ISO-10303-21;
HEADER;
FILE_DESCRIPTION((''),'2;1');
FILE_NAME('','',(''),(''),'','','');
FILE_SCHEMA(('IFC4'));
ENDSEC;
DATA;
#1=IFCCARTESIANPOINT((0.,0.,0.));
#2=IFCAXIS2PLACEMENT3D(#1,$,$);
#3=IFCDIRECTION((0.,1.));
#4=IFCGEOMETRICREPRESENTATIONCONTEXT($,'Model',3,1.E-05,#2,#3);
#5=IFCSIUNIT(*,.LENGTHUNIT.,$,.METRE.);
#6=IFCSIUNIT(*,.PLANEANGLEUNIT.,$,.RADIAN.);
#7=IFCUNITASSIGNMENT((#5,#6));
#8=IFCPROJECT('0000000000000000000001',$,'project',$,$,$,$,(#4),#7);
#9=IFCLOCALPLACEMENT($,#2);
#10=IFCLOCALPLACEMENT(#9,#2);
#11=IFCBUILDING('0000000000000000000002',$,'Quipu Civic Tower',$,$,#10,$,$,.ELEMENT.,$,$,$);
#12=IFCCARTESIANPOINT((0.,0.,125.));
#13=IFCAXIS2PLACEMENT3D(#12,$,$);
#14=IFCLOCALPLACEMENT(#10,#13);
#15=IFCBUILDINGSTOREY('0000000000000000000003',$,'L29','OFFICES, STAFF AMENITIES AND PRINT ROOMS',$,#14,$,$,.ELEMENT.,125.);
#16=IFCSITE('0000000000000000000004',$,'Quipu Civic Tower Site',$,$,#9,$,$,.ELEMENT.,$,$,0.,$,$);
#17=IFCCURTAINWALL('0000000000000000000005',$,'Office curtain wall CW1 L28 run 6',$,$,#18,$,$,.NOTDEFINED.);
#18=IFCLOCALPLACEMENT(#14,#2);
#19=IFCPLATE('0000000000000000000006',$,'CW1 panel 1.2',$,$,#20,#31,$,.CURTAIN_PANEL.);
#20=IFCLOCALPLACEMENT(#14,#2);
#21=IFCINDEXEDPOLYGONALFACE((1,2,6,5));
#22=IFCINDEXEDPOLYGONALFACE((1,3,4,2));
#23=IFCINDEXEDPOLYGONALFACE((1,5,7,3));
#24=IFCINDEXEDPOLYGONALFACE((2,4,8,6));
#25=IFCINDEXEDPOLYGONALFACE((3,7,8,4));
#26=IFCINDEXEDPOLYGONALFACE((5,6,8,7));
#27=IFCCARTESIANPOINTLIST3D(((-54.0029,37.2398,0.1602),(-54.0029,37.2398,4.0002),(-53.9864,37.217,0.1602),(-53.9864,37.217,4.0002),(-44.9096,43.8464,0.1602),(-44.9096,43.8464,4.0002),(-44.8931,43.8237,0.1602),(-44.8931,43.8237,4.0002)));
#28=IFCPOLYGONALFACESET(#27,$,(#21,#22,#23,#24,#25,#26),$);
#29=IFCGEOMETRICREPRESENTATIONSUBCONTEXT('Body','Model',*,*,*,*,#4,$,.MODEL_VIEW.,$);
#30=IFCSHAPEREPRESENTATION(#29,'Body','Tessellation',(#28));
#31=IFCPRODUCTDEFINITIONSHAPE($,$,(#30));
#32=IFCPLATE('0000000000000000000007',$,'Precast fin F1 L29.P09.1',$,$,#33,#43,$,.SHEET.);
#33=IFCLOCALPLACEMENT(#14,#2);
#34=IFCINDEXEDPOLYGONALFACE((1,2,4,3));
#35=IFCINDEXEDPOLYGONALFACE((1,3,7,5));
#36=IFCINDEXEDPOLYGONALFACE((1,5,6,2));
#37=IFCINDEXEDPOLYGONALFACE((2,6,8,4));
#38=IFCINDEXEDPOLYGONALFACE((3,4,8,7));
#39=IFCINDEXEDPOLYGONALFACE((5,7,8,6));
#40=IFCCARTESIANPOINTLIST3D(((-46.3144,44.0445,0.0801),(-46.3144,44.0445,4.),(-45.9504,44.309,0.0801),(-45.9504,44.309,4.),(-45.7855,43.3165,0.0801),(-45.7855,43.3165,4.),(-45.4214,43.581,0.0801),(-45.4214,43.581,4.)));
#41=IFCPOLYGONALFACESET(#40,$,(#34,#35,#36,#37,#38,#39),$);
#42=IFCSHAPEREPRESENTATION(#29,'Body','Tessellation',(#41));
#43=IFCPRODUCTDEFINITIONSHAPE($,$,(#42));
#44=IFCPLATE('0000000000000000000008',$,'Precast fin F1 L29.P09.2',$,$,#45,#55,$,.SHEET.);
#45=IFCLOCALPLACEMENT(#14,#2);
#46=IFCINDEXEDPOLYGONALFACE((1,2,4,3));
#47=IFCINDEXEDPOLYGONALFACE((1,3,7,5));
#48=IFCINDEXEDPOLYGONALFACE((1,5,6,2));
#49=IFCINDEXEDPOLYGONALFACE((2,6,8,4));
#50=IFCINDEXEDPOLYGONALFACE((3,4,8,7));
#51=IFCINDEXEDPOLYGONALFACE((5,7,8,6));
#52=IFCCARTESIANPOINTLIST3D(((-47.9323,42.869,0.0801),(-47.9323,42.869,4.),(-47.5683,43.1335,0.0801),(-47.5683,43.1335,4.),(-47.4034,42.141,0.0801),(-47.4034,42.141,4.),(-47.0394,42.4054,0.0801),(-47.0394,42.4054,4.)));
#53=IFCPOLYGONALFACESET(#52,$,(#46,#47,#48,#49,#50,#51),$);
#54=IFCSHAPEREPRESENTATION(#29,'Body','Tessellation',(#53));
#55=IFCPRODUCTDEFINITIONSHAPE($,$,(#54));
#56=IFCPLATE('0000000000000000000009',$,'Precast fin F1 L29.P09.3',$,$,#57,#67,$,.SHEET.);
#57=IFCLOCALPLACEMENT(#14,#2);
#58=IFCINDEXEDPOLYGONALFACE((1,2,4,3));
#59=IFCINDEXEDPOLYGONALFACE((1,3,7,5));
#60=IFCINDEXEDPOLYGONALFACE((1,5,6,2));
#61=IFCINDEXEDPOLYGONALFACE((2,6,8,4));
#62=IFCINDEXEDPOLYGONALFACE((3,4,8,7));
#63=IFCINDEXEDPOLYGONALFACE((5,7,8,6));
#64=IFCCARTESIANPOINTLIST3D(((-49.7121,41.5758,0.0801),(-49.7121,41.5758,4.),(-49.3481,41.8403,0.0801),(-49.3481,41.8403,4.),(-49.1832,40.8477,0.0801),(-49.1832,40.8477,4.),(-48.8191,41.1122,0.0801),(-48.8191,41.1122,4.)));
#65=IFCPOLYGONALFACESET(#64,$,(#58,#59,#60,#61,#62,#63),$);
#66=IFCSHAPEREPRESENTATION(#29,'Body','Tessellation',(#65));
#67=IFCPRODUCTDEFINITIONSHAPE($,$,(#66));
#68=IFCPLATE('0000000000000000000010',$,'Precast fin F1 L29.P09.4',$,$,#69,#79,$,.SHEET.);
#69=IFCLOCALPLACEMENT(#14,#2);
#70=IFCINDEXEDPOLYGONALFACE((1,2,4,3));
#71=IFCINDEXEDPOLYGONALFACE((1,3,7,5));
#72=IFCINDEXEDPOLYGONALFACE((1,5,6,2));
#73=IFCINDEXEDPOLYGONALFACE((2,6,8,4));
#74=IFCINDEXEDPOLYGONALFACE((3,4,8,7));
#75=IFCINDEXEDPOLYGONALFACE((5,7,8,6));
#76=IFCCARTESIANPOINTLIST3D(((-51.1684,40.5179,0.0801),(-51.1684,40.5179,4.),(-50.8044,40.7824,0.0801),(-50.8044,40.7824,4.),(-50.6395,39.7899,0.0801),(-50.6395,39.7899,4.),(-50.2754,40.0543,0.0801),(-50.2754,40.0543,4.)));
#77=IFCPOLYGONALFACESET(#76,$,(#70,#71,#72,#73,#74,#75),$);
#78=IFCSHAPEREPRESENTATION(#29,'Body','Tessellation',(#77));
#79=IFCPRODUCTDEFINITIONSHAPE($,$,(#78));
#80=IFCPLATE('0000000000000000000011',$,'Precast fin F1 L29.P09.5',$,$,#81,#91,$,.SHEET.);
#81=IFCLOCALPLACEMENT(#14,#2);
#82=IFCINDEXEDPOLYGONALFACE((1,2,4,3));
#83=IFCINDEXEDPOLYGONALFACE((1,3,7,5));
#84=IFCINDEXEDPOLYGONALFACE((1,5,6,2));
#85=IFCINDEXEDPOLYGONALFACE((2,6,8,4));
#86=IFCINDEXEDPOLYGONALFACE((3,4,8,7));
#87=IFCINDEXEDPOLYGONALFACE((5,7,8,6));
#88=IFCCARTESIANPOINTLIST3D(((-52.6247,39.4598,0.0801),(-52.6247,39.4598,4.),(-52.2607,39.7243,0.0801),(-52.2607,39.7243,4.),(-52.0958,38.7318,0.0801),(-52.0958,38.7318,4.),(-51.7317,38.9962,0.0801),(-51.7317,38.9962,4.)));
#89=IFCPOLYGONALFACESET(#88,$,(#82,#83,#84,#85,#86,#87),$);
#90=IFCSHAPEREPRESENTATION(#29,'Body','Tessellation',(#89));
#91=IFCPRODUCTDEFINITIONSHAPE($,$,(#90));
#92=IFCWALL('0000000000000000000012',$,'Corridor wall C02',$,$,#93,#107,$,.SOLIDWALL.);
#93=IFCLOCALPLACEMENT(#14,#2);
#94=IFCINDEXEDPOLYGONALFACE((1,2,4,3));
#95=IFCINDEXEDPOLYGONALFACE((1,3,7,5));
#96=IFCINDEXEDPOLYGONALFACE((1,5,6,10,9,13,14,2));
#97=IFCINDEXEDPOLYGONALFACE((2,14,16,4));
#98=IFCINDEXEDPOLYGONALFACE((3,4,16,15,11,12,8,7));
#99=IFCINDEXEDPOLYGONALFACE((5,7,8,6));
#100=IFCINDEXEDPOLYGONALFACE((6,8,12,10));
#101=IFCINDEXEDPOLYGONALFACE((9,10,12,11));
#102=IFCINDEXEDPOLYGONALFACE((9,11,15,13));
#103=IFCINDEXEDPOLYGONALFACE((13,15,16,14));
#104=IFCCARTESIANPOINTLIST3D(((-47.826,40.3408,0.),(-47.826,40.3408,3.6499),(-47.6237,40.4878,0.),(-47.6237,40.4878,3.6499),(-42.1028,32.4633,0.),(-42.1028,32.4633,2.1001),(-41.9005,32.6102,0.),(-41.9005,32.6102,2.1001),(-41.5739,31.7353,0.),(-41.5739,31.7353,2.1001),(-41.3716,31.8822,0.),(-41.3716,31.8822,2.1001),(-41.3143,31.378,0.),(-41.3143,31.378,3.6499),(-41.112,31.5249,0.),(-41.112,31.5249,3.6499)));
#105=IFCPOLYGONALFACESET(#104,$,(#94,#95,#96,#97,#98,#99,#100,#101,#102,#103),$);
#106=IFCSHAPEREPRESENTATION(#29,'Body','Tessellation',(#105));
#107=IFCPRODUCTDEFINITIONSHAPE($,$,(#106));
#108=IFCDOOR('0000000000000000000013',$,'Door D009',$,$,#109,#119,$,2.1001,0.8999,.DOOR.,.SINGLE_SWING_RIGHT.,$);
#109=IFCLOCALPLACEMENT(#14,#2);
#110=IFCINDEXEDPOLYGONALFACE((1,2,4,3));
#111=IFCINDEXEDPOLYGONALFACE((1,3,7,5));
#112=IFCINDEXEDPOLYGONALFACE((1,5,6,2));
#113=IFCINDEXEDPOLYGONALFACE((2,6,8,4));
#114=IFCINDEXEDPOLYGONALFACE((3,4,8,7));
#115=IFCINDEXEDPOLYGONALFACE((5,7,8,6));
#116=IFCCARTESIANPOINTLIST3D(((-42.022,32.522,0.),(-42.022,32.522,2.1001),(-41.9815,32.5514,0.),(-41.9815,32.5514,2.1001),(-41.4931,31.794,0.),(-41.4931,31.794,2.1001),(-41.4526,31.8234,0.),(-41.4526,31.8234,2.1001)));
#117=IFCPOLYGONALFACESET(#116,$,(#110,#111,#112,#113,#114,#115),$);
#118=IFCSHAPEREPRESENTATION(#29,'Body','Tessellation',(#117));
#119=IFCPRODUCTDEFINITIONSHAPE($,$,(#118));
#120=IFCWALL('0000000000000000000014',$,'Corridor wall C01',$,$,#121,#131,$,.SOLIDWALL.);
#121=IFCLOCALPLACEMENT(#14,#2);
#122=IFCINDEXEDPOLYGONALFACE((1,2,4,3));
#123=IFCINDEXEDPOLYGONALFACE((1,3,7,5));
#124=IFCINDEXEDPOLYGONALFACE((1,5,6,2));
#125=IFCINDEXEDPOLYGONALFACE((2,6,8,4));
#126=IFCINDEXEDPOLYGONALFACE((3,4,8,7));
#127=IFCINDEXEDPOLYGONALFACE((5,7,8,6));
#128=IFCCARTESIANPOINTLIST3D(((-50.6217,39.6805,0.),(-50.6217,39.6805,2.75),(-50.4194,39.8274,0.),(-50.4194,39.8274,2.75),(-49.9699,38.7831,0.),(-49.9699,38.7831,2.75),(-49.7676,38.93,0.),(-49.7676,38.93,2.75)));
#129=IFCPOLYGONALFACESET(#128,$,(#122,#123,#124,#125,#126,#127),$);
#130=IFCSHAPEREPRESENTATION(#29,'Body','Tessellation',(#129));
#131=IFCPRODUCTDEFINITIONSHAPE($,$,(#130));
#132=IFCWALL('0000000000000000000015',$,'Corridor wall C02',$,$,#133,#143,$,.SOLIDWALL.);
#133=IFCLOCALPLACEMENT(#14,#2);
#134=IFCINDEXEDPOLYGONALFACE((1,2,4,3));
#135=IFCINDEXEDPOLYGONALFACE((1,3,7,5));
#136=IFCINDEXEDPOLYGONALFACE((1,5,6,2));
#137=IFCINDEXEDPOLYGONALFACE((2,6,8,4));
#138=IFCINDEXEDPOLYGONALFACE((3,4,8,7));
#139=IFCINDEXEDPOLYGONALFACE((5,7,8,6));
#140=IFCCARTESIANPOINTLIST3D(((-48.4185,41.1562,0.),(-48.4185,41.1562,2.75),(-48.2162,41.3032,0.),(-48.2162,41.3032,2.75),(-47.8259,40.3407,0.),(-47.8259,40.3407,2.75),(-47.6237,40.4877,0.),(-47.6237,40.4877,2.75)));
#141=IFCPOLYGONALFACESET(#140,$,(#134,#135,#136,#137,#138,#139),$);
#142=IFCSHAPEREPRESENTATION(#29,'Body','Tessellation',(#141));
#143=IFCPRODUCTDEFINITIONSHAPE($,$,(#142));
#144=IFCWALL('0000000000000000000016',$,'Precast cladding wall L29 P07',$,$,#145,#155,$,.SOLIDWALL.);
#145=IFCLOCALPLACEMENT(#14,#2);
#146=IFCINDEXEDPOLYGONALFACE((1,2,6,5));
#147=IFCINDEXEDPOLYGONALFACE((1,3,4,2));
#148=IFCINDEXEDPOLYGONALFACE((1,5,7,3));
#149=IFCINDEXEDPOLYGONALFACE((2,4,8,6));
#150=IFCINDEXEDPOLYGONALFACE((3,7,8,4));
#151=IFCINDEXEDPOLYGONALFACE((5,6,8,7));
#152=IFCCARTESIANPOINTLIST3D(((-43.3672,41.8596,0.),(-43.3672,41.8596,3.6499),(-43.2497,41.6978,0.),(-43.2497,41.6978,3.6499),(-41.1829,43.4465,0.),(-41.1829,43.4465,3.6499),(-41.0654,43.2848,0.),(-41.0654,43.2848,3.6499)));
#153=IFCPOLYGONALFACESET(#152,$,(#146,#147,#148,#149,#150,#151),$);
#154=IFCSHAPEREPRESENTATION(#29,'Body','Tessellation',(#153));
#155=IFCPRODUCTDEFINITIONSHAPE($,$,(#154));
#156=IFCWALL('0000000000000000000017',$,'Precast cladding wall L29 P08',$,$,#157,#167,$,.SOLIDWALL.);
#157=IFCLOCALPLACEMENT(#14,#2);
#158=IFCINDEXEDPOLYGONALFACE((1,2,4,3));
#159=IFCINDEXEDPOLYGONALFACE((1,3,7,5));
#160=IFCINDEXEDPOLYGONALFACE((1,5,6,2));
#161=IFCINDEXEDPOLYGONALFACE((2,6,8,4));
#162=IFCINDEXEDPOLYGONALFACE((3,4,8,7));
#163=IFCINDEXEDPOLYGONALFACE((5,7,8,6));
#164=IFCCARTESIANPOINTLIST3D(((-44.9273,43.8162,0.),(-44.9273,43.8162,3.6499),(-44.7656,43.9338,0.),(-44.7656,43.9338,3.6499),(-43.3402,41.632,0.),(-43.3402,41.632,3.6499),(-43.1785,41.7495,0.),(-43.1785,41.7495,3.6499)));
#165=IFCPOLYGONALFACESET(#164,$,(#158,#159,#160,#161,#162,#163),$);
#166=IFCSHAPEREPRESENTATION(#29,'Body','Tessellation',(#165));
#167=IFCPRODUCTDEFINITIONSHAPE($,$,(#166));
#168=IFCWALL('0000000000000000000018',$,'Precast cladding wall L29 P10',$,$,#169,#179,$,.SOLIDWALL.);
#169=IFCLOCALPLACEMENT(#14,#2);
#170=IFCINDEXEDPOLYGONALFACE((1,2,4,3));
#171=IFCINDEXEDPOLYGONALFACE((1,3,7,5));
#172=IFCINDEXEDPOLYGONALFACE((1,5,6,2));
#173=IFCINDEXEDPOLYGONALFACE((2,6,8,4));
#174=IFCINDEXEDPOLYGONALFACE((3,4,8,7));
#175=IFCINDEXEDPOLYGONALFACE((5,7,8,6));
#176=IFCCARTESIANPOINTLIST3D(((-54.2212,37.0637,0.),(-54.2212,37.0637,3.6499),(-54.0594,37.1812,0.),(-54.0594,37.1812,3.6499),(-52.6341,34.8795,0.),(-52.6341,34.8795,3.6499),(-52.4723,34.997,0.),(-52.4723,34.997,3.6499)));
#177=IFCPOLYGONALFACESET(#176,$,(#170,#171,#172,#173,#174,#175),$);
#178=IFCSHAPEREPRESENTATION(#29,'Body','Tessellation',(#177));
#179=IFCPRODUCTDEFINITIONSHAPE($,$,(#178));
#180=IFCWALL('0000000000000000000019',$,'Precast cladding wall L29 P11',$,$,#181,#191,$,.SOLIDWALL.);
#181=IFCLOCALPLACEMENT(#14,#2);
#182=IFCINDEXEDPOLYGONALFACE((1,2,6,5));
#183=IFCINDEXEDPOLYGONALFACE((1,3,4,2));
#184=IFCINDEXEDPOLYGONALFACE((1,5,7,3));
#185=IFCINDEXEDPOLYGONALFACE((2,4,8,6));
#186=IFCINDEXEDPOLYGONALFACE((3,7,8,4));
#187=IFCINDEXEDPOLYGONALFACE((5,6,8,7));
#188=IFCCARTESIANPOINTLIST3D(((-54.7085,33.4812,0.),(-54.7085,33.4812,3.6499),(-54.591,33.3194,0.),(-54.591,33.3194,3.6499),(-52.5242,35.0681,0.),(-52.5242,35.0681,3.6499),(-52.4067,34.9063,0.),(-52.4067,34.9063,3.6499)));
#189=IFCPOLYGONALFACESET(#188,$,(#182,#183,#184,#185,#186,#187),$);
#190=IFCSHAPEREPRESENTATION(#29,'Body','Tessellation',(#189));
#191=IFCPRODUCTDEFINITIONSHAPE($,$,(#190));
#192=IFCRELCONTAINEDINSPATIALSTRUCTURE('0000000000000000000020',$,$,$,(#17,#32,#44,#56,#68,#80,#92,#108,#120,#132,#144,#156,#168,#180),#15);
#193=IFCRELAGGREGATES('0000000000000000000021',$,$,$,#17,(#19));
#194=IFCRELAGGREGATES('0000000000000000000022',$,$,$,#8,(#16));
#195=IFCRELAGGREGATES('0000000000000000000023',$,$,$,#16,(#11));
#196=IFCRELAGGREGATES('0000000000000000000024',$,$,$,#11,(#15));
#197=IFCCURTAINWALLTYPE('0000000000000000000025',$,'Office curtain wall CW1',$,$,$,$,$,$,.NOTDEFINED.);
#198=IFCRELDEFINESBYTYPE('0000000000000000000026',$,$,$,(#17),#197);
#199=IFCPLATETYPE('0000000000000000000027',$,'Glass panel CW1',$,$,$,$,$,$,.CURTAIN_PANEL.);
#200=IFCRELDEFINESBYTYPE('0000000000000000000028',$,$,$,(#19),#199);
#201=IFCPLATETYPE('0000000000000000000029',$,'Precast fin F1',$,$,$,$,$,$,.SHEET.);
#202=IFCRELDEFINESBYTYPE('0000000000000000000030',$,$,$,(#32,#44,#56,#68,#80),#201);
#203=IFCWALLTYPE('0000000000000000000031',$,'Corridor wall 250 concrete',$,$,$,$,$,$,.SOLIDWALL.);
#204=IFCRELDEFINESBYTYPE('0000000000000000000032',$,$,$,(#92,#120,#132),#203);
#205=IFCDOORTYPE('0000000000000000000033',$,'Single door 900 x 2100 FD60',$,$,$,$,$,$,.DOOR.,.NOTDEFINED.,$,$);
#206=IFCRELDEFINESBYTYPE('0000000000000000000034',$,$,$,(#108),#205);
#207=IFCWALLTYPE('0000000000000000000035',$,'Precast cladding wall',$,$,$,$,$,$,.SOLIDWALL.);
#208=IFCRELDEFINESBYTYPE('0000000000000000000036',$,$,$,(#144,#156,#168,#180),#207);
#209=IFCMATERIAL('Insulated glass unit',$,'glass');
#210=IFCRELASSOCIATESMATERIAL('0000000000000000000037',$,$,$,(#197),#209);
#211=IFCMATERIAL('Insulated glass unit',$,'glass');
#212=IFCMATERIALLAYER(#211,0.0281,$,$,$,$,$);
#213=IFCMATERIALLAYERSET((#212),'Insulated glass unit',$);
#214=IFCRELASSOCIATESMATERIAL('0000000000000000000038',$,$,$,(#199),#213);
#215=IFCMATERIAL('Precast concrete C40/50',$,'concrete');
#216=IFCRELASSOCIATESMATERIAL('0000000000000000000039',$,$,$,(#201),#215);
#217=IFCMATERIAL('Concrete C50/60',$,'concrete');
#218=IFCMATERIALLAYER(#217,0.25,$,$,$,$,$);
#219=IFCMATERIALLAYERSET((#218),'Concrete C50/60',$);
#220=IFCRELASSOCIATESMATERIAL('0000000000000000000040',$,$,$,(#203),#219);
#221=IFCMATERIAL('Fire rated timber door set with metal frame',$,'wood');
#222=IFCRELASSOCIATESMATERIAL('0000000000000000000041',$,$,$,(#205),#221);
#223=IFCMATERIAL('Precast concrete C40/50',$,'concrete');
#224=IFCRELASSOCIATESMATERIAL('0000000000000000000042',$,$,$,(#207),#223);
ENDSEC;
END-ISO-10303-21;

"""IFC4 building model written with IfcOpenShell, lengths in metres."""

from ifc_helpers import new_model, si_unit, direction, frame, frame_2d, origin, origin_2d, place, context, subcontext, project, spatial, rectangle, extrude, material, layer, layer_set, type_object, element, fill, aggregate, save


model = new_model("IFC4")

# Units and contexts
model_context = context("Model", 3, precision=1e-05, world=origin(), true_north=direction((0.0, 1.0)))
body_context = subcontext(model_context, "Body", "Model", "MODEL_VIEW")
ifc_project = project(units=[si_unit("LENGTHUNIT", "METRE"), si_unit("PLANEANGLEUNIT", "RADIAN")], contexts=[model_context])

# Site, building, storey
site_placement = place(None, origin())
site = spatial("IfcSite", under=ifc_project, at=site_placement, Name="Quipu Civic Tower Site", CompositionType="ELEMENT", RefElevation=0.0)
building_placement = place(site_placement, origin())
building = spatial("IfcBuilding", under=site, at=building_placement, Name="Quipu Civic Tower", CompositionType="ELEMENT")
storey_placement = place(building_placement, frame((0.0, 0.0, 125.0)))
storey = spatial("IfcBuildingStorey", under=building, at=storey_placement, Name="L29", Description="OFFICES, STAFF AMENITIES AND PRINT ROOMS", CompositionType="ELEMENT", Elevation=125.0)

# Curtain wall
ifc_material_1 = material(Name="Insulated glass unit", Category="glass")
curtain_wall_type = type_object("IfcCurtainWallType", Name="Office curtain wall CW1", PredefinedType="NOTDEFINED", material=ifc_material_1)
curtain_wall_placement = place(storey_placement, origin())
curtain_wall = element("IfcCurtainWall", 1, at=curtain_wall_placement, inside=storey, type_object=curtain_wall_type, Name="Office curtain wall CW1 L28 run 6", PredefinedType="NOTDEFINED")

# Plate
ifc_material_2 = material(Name="Insulated glass unit", Category="glass")
ifc_layer_1 = layer(ifc_material_2, 0.0281)
ifc_layer_set_1 = layer_set([ifc_layer_1], Name="Insulated glass unit")
plate_type_1 = type_object("IfcPlateType", Name="Glass panel CW1", PredefinedType="CURTAIN_PANEL", material=ifc_layer_set_1)
plate_placement = place(storey_placement, frame((-49.448, 40.5317, 0.1602), z_axis=(0.0, 0.0, 1.0), x_axis=(-0.809019, -0.587782, 0.0)))
plate = element("IfcPlate", 2, at=plate_placement, type_object=plate_type_1, Name="CW1 panel 1.2", PredefinedType="CURTAIN_PANEL", context=body_context, shape_type="SweptSolid", body=[
    extrude(rectangle(XDim=11.24, YDim=0.0281, at=origin_2d()), origin(), (0.0, 0.0, 1.0), 3.8401),
])
aggregate(curtain_wall, [plate])

# Plates
ifc_material_3 = material(Name="Precast concrete C40/50", Category="concrete")
plate_type_2 = type_object("IfcPlateType", Name="Precast fin F1", PredefinedType="SHEET", material=ifc_material_3)
for number, where, z_axis, x_axis, name in (
    (3, (-45.8679, 43.8127, 0.0801), (0.0, 0.0, 1.0), (-0.809021, -0.587779, 0.0), "Precast fin F1 L29.P09.1"),
    (4, (-47.4858, 42.6372, 0.0801), (0.0, 0.0, 1.0), (-0.809021, -0.587779, 0.0), "Precast fin F1 L29.P09.2"),
    (5, (-49.2656, 41.344, 0.0801), (0.0, 0.0, 1.0), (-0.809021, -0.587779, 0.0), "Precast fin F1 L29.P09.3"),
    (6, (-50.7219, 40.2861, 0.0801), (0.0, 0.0, 1.0), (-0.809021, -0.587779, 0.0), "Precast fin F1 L29.P09.4"),
    (7, (-52.1782, 39.228, 0.0801), (0.0, 0.0, 1.0), (-0.809021, -0.587779, 0.0), "Precast fin F1 L29.P09.5"),
):
    element("IfcPlate", number, at=place(storey_placement, frame(where, z_axis=z_axis, x_axis=x_axis)), inside=storey, type_object=plate_type_2, Name=name, PredefinedType="SHEET", context=body_context, shape_type="SweptSolid", body=[
        extrude(rectangle(XDim=0.45, YDim=0.8999, at=origin_2d()), origin(), (0.0, 0.0, 1.0), 3.9199),
    ])

# Wall, opening, door
ifc_material_4 = material(Name="Concrete C50/60", Category="concrete")
ifc_layer_2 = layer(ifc_material_4, 0.25)
ifc_layer_set_2 = layer_set([ifc_layer_2], Name="Concrete C50/60")
wall_type_1 = type_object("IfcWallType", Name="Corridor wall 250 concrete", PredefinedType="SOLIDWALL", material=ifc_layer_set_2)
wall_1_placement = place(storey_placement, frame((-47.7249, 40.4143, 0.0), z_axis=(0.0, 0.0, 1.0), x_axis=(0.587773, -0.809026, 0.0)))
wall_1 = element("IfcWall", 8, at=wall_1_placement, inside=storey, type_object=wall_type_1, Name="Corridor wall C02", PredefinedType="SOLIDWALL", context=body_context, shape_type="SweptSolid", body=[
    extrude(rectangle(XDim=11.0786, YDim=0.25, at=frame_2d((5.5393, 0.0))), origin(), (0.0, 0.0, 1.0), 3.6499),
])
opening_placement = place(wall_1_placement, frame((9.7371, 0.0, 0.0)))
opening = element("IfcOpeningElement", 9, at=opening_placement, cuts=wall_1, PredefinedType="OPENING", context=body_context, shape_type="SweptSolid", body=[
    extrude(rectangle(XDim=0.8999, YDim=2.1001, at=frame_2d((0.45, 1.05))), frame((0.0, 0.135, 0.0), z_axis=(0.0, -1.0, 0.0), x_axis=(1.0, 0.0, 0.0)), (0.0, 0.0, 1.0), 0.27),
])
ifc_material_5 = material(Name="Fire rated timber door set with metal frame", Category="wood")
door_type = type_object("IfcDoorType", Name="Single door 900 x 2100 FD60", OperationType="NOTDEFINED", PredefinedType="DOOR", material=ifc_material_5)
door_placement = place(opening_placement, origin())
door = element("IfcDoor", 10, at=door_placement, inside=storey, type_object=door_type, Name="Door D009", OperationType="SINGLE_SWING_RIGHT", OverallHeight=2.1001, OverallWidth=0.8999, PredefinedType="DOOR", context=body_context, shape_type="SweptSolid", body=[
    extrude(rectangle(XDim=0.8999, YDim=2.1001, at=frame_2d((0.45, 1.05))), frame((0.0, 0.0249, 0.0), z_axis=(0.0, -1.0, 0.0), x_axis=(1.0, 0.0, 0.0)), (0.0, 0.0, 1.0), 0.05),
])
fill(opening, door)

# Walls
wall_2_placement = place(storey_placement, frame((-49.8687, 38.8564, 0.0), z_axis=(0.0, 0.0, 1.0), x_axis=(-0.587674, 0.809098, 0.0)))
element("IfcWall", 11, at=wall_2_placement, inside=storey, type_object=wall_type_1, Name="Corridor wall C01", PredefinedType="SOLIDWALL", context=body_context, shape_type="SweptSolid", body=[
    extrude(rectangle(XDim=1.1091, YDim=0.25, at=frame_2d((0.5547, 0.0))), origin(), (0.0, 0.0, 1.0), 2.75),
])
wall_3_placement = place(storey_placement, frame((-47.7249, 40.4143, 0.0), z_axis=(0.0, 0.0, 1.0), x_axis=(-0.58784, 0.808977, 0.0)))
element("IfcWall", 12, at=wall_3_placement, inside=storey, type_object=wall_type_1, Name="Corridor wall C02", PredefinedType="SOLIDWALL", context=body_context, shape_type="SweptSolid", body=[
    extrude(rectangle(XDim=1.0081, YDim=0.25, at=frame_2d((0.5039, 0.0))), origin(), (0.0, 0.0, 1.0), 2.75),
])
ifc_material_6 = material(Name="Precast concrete C40/50", Category="concrete")
wall_type_2 = type_object("IfcWallType", Name="Precast cladding wall", PredefinedType="SOLIDWALL", material=ifc_material_6)
for number, where, z_axis, x_axis, name in (
    (13, (-41.124, 43.3657, 0.0), (0.0, 0.0, 1.0), (-0.809033, -0.587763, 0.0), "Precast cladding wall L29 P07"),
    (14, (-43.2593, 41.6907, 0.0), (0.0, 0.0, 1.0), (-0.587822, 0.80899, 0.0), "Precast cladding wall L29 P08"),
    (15, (-54.1404, 37.1226, 0.0), (0.0, 0.0, 1.0), (0.587822, -0.80899, 0.0), "Precast cladding wall L29 P10"),
    (16, (-52.4653, 34.9873, 0.0), (0.0, 0.0, 1.0), (-0.809033, -0.587763, 0.0), "Precast cladding wall L29 P11"),
):
    element("IfcWall", number, at=place(storey_placement, frame(where, z_axis=z_axis, x_axis=x_axis)), inside=storey, type_object=wall_type_2, Name=name, PredefinedType="SOLIDWALL", context=body_context, shape_type="SweptSolid", body=[
        extrude(rectangle(XDim=2.7, YDim=0.2, at=frame_2d((1.3501, 0.0))), origin(), (0.0, 0.0, 1.0), 3.6499),
    ])

save(model, "model.ifc")
